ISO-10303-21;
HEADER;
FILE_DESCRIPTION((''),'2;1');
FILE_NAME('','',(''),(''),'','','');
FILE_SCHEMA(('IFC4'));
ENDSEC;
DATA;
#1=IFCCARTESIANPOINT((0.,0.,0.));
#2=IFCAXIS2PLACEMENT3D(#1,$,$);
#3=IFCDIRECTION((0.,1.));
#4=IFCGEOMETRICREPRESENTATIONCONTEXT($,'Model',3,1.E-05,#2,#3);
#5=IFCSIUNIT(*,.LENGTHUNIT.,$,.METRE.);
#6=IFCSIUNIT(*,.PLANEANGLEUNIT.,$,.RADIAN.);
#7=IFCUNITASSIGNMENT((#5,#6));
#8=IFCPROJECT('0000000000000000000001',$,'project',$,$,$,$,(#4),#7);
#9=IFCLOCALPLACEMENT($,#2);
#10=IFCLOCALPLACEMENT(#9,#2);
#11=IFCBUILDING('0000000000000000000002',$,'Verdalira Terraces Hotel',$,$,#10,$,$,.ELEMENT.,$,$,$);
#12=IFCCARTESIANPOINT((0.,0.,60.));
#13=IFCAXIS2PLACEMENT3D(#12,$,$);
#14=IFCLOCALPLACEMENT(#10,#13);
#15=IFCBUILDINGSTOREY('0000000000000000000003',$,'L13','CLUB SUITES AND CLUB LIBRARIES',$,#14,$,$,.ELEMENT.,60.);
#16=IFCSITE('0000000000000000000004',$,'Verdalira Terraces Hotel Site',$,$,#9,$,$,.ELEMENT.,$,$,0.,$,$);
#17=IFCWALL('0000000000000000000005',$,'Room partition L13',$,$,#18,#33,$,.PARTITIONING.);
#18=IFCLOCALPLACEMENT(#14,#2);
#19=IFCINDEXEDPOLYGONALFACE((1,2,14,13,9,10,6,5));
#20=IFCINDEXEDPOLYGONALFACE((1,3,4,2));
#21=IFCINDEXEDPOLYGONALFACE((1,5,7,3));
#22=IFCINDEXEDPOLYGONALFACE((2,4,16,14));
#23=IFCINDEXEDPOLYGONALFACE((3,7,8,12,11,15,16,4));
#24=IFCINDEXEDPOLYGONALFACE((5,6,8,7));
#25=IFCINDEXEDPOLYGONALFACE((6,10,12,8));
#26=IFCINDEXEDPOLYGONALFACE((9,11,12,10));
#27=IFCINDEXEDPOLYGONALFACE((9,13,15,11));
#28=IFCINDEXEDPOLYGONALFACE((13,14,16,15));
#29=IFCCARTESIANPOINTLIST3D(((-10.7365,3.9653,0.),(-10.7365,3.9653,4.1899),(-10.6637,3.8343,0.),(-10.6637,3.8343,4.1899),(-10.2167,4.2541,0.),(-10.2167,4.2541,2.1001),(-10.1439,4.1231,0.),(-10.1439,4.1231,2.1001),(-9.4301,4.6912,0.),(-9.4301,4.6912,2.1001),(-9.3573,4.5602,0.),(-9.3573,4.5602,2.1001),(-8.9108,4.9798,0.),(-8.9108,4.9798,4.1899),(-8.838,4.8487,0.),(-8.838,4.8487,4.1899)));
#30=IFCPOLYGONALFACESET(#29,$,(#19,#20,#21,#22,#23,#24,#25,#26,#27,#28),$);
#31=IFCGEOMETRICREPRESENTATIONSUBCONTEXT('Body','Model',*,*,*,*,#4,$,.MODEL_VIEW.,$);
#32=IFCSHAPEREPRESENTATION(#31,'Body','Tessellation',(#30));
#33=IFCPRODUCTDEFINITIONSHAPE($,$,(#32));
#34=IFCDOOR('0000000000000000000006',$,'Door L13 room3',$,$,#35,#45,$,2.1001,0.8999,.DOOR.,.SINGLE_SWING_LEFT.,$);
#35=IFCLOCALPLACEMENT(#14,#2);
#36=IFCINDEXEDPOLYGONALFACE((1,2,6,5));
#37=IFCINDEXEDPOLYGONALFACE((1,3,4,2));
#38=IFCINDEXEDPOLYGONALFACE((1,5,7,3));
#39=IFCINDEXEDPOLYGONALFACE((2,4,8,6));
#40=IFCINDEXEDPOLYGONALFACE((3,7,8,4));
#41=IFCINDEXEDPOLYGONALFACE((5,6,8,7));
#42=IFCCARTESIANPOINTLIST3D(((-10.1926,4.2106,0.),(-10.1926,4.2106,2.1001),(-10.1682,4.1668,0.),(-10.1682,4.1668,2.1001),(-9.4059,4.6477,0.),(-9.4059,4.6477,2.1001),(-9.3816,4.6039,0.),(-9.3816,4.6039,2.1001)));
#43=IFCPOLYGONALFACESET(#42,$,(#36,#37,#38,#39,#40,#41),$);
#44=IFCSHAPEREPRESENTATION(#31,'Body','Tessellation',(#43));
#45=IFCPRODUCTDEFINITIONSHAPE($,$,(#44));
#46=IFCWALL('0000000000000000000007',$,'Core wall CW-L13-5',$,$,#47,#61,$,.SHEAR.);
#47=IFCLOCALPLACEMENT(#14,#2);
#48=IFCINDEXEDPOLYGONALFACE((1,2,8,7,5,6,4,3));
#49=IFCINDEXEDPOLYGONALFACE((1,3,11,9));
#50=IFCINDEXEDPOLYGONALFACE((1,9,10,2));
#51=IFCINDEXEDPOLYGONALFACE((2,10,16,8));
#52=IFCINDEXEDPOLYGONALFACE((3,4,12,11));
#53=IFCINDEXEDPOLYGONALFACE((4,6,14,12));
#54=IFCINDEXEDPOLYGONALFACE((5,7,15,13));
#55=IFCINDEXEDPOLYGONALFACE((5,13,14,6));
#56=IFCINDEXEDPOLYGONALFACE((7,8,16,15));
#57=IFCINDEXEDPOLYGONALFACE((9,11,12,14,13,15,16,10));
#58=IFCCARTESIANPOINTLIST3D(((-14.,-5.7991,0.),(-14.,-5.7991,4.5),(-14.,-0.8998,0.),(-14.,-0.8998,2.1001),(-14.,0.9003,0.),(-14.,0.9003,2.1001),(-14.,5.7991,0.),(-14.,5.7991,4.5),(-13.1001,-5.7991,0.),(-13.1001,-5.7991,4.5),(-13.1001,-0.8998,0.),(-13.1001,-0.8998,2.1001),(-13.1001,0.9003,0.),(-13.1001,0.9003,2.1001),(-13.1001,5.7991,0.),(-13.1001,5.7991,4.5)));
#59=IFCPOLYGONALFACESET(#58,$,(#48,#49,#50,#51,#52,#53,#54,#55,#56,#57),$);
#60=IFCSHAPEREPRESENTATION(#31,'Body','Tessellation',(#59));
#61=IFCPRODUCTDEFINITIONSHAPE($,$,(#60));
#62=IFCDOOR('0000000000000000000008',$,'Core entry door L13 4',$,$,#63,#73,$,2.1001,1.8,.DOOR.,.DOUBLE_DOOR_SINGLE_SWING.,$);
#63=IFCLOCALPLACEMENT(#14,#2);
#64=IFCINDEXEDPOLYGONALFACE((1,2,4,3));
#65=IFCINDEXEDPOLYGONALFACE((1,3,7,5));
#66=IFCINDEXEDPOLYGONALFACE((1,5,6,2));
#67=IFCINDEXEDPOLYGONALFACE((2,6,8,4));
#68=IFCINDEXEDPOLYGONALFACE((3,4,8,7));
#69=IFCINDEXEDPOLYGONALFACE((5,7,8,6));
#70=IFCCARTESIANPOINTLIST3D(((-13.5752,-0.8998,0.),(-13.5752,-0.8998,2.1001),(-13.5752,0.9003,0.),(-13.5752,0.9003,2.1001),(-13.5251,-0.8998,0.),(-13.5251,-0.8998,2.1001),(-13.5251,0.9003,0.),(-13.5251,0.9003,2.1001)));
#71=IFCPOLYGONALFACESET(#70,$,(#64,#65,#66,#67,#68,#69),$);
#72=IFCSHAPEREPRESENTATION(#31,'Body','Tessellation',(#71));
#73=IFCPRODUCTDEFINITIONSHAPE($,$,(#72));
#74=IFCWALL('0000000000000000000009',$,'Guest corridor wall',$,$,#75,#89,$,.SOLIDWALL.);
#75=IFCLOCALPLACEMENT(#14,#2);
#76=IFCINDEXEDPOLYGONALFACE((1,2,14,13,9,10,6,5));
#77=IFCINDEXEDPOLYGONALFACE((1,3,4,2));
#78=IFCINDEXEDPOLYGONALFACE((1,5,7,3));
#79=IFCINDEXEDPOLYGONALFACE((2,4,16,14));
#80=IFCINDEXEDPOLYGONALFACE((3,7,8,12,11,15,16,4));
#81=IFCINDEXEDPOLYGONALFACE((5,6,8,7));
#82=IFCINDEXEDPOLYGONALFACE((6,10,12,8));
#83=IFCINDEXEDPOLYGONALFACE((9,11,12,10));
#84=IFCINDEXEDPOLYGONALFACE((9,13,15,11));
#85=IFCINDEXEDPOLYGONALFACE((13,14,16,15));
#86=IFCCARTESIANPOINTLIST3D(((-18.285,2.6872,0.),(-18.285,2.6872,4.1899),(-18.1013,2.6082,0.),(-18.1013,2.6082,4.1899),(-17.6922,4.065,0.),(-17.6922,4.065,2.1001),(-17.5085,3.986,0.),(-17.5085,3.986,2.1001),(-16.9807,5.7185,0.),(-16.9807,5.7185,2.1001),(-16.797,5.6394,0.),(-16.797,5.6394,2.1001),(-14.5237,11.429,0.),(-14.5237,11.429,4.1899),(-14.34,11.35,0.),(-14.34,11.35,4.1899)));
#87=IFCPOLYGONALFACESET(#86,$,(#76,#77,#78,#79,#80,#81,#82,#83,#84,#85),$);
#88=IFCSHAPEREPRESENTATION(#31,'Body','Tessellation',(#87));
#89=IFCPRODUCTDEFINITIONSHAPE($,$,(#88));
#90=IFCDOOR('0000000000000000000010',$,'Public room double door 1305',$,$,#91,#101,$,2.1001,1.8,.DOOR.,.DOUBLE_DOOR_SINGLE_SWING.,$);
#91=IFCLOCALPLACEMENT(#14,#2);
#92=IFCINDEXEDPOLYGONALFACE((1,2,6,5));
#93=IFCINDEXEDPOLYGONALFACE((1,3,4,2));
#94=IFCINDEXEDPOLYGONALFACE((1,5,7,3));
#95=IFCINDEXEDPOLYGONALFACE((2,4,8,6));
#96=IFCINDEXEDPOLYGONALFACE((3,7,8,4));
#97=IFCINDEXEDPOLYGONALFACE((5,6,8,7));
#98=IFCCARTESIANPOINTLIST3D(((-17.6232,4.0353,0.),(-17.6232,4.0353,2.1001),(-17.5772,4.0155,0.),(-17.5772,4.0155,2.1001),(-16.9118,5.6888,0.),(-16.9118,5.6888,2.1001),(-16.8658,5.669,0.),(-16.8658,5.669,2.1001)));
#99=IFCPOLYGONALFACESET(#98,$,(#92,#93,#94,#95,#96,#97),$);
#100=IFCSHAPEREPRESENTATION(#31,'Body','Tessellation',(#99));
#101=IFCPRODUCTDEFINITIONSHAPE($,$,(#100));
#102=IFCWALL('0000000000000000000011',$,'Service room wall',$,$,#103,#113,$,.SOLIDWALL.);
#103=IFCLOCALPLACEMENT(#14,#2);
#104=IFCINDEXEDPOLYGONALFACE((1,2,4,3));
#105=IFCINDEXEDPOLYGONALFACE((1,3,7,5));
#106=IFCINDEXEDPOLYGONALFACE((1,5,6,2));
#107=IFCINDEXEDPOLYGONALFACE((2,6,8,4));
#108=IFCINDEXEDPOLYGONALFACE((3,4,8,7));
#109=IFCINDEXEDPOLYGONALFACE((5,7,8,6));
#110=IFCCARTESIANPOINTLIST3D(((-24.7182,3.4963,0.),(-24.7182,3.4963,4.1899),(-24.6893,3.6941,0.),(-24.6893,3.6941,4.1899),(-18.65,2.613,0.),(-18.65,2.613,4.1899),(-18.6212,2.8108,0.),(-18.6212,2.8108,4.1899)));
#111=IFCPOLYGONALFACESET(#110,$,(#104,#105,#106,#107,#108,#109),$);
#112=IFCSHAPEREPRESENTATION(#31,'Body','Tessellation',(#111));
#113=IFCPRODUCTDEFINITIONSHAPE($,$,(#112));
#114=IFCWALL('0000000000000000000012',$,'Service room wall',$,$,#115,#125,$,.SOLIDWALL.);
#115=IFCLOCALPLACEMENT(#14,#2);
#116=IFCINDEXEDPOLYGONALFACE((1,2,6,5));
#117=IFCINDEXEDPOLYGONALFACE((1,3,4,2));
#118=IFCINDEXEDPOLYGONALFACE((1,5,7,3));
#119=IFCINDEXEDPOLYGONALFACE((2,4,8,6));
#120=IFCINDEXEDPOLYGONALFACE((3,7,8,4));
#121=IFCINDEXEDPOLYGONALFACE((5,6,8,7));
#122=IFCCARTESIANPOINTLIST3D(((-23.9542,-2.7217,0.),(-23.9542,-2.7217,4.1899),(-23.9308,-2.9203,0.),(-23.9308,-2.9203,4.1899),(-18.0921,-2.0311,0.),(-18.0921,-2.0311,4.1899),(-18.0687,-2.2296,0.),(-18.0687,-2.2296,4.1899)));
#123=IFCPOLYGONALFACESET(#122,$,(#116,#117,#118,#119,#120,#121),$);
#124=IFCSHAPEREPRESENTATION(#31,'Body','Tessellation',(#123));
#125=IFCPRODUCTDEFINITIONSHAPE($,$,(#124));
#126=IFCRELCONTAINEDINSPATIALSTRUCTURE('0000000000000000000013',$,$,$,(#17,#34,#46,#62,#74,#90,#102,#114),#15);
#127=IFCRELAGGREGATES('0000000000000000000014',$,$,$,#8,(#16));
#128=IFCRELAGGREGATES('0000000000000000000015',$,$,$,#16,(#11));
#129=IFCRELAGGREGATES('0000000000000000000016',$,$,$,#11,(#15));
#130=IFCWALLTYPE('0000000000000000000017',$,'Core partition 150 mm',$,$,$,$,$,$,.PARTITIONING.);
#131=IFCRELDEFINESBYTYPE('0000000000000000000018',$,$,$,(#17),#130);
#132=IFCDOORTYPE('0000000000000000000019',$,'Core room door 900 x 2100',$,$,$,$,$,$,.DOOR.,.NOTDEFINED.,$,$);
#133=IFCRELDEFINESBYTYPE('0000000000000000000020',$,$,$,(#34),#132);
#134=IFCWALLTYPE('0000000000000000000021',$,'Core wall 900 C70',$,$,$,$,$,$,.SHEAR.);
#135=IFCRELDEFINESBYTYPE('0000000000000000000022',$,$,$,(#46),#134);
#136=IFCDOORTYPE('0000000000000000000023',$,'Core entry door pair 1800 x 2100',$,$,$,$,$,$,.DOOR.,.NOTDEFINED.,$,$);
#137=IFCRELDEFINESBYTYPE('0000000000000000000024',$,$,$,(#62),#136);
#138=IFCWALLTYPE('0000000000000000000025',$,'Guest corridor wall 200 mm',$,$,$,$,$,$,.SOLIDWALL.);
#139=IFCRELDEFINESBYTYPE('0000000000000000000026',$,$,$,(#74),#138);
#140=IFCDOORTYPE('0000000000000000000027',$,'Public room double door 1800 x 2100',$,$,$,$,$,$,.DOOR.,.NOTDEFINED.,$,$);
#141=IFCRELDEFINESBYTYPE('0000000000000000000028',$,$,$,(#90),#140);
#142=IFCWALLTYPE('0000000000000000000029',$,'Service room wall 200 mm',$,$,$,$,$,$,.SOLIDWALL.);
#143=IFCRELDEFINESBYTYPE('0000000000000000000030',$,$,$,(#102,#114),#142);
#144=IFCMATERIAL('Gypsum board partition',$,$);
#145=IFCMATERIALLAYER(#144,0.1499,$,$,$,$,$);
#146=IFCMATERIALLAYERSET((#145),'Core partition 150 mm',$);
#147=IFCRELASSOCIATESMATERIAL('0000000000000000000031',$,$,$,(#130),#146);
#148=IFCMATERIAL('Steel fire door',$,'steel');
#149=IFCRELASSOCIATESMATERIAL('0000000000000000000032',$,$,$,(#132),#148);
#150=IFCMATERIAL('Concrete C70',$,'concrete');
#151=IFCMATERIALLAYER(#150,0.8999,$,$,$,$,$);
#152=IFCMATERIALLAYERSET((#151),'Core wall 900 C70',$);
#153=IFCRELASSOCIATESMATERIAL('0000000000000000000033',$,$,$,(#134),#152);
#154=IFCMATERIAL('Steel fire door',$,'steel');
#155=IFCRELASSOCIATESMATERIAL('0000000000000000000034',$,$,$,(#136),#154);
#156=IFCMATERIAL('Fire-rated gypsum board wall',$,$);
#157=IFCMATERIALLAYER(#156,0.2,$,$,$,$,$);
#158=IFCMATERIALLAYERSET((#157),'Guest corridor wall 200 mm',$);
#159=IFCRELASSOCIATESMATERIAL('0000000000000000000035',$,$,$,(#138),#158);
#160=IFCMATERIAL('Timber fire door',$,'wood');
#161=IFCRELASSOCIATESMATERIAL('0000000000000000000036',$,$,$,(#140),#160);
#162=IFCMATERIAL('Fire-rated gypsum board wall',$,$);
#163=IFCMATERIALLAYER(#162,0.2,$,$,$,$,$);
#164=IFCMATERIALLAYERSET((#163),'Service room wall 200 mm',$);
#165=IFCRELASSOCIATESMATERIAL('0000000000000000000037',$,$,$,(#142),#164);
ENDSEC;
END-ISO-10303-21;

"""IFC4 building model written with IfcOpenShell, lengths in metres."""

from ifc_helpers import new_model, si_unit, direction, frame, frame_2d, origin, place, context, subcontext, project, spatial, rectangle, extrude, material, layer, layer_set, type_object, element, fill, save


model = new_model("IFC4")

# Units and contexts
model_context = context("Model", 3, precision=1e-05, world=origin(), true_north=direction((0.0, 1.0)))
body_context = subcontext(model_context, "Body", "Model", "MODEL_VIEW")
ifc_project = project(units=[si_unit("LENGTHUNIT", "METRE"), si_unit("PLANEANGLEUNIT", "RADIAN")], contexts=[model_context])

# Site, building, storey
site_placement = place(None, origin())
site = spatial("IfcSite", under=ifc_project, at=site_placement, Name="Verdalira Terraces Hotel Site", CompositionType="ELEMENT", RefElevation=0.0)
building_placement = place(site_placement, origin())
building = spatial("IfcBuilding", under=site, at=building_placement, Name="Verdalira Terraces Hotel", CompositionType="ELEMENT")
storey_placement = place(building_placement, frame((0.0, 0.0, 60.0)))
storey = spatial("IfcBuildingStorey", under=building, at=storey_placement, Name="L13", Description="CLUB SUITES AND CLUB LIBRARIES", CompositionType="ELEMENT", Elevation=60.0)

# Walls, openings, doors
ifc_material_1 = material(Name="Gypsum board partition")
ifc_layer_1 = layer(ifc_material_1, 0.1499)
ifc_layer_set_1 = layer_set([ifc_layer_1], Name="Core partition 150 mm")
wall_type_1 = type_object("IfcWallType", Name="Core partition 150 mm", PredefinedType="PARTITIONING", material=ifc_layer_set_1)
wall_1_placement = place(storey_placement, frame((-8.8743, 4.9143, 0.0), z_axis=(0.0, 0.0, 1.0), x_axis=(-0.87413, -0.485693, 0.0)))
wall_1 = element("IfcWall", 1, at=wall_1_placement, inside=storey, type_object=wall_type_1, Name="Room partition L13", PredefinedType="PARTITIONING", context=body_context, shape_type="SweptSolid", body=[
    extrude(rectangle(XDim=2.0886, YDim=0.1499, at=frame_2d((1.0444, 0.0))), origin(), (0.0, 0.0, 1.0), 4.1899),
])
opening_1_placement = place(wall_1_placement, frame((0.5942, 0.0, 0.0)))
opening_1 = element("IfcOpeningElement", 2, at=opening_1_placement, cuts=wall_1, PredefinedType="OPENING", context=body_context, shape_type="SweptSolid", body=[
    extrude(rectangle(XDim=0.8999, YDim=2.1001, at=frame_2d((0.45, 1.05))), frame((0.0, 0.085, 0.0), z_axis=(0.0, -1.0, 0.0), x_axis=(1.0, 0.0, 0.0)), (0.0, 0.0, 1.0), 0.1699),
])
ifc_material_2 = material(Name="Steel fire door", Category="steel")
door_type_1 = type_object("IfcDoorType", Name="Core room door 900 x 2100", OperationType="NOTDEFINED", PredefinedType="DOOR", material=ifc_material_2)
door_1_placement = place(opening_1_placement, origin())
door_1 = element("IfcDoor", 3, at=door_1_placement, inside=storey, type_object=door_type_1, Name="Door L13 room3", OperationType="SINGLE_SWING_LEFT", OverallHeight=2.1001, OverallWidth=0.8999, PredefinedType="DOOR", context=body_context, shape_type="SweptSolid", body=[
    extrude(rectangle(XDim=0.8999, YDim=2.1001, at=frame_2d((0.45, 1.05))), frame((0.0, 0.0249, 0.0), z_axis=(0.0, -1.0, 0.0), x_axis=(1.0, 0.0, 0.0)), (0.0, 0.0, 1.0), 0.05),
])
fill(opening_1, door_1)
ifc_material_3 = material(Name="Concrete C70", Category="concrete")
ifc_layer_2 = layer(ifc_material_3, 0.8999)
ifc_layer_set_2 = layer_set([ifc_layer_2], Name="Core wall 900 C70")
wall_type_2 = type_object("IfcWallType", Name="Core wall 900 C70", PredefinedType="SHEAR", material=ifc_layer_set_2)
wall_2_placement = place(storey_placement, frame((-13.55, 5.7991, 0.0), z_axis=(0.0, 0.0, 1.0), x_axis=(0.0, -1.0, 0.0)))
wall_2 = element("IfcWall", 4, at=wall_2_placement, inside=storey, type_object=wall_type_2, Name="Core wall CW-L13-5", PredefinedType="SHEAR", context=body_context, shape_type="SweptSolid", body=[
    extrude(rectangle(XDim=11.5981, YDim=0.8999, at=frame_2d((5.7991, 0.0))), origin(), (0.0, 0.0, 1.0), 4.5),
])
opening_2_placement = place(wall_2_placement, frame((4.8989, 0.0, 0.0)))
opening_2 = element("IfcOpeningElement", 5, at=opening_2_placement, cuts=wall_2, PredefinedType="OPENING", context=body_context, shape_type="SweptSolid", body=[
    extrude(rectangle(XDim=1.8, YDim=2.1001, at=frame_2d((0.8999, 1.05))), frame((0.0, 0.46, 0.0), z_axis=(0.0, -1.0, 0.0), x_axis=(1.0, 0.0, 0.0)), (0.0, 0.0, 1.0), 0.9199),
])
ifc_material_4 = material(Name="Steel fire door", Category="steel")
door_type_2 = type_object("IfcDoorType", Name="Core entry door pair 1800 x 2100", OperationType="NOTDEFINED", PredefinedType="DOOR", material=ifc_material_4)
door_2_placement = place(opening_2_placement, origin())
door_2 = element("IfcDoor", 6, at=door_2_placement, inside=storey, type_object=door_type_2, Name="Core entry door L13 4", OperationType="DOUBLE_DOOR_SINGLE_SWING", OverallHeight=2.1001, OverallWidth=1.8, PredefinedType="DOOR", context=body_context, shape_type="SweptSolid", body=[
    extrude(rectangle(XDim=1.8, YDim=2.1001, at=frame_2d((0.8999, 1.05))), frame((0.0, 0.0249, 0.0), z_axis=(0.0, -1.0, 0.0), x_axis=(1.0, 0.0, 0.0)), (0.0, 0.0, 1.0), 0.05),
])
fill(opening_2, door_2)
ifc_material_5 = material(Name="Fire-rated gypsum board wall")
ifc_layer_3 = layer(ifc_material_5, 0.2)
ifc_layer_set_3 = layer_set([ifc_layer_3], Name="Guest corridor wall 200 mm")
wall_type_3 = type_object("IfcWallType", Name="Guest corridor wall 200 mm", PredefinedType="SOLIDWALL", material=ifc_layer_set_3)
wall_3_placement = place(storey_placement, frame((-18.1931, 2.6477, 0.0), z_axis=(0.0, 0.0, 1.0), x_axis=(0.395232, 0.918581, 0.0)))
wall_3 = element("IfcWall", 7, at=wall_3_placement, inside=storey, type_object=wall_type_3, Name="Guest corridor wall", PredefinedType="SOLIDWALL", context=body_context, shape_type="SweptSolid", body=[
    extrude(rectangle(XDim=9.5166, YDim=0.2, at=frame_2d((4.7583, 0.0))), origin(), (0.0, 0.0, 1.0), 4.1899),
])
opening_3_placement = place(wall_3_placement, frame((1.5, 0.0, 0.0)))
opening_3 = element("IfcOpeningElement", 8, at=opening_3_placement, cuts=wall_3, PredefinedType="OPENING", context=body_context, shape_type="SweptSolid", body=[
    extrude(rectangle(XDim=1.8, YDim=2.1001, at=frame_2d((0.8999, 1.05))), frame((0.0, 0.1099, 0.0), z_axis=(0.0, -1.0, 0.0), x_axis=(1.0, 0.0, 0.0)), (0.0, 0.0, 1.0), 0.22),
])
ifc_material_6 = material(Name="Timber fire door", Category="wood")
door_type_3 = type_object("IfcDoorType", Name="Public room double door 1800 x 2100", OperationType="NOTDEFINED", PredefinedType="DOOR", material=ifc_material_6)
door_3_placement = place(opening_3_placement, origin())
door_3 = element("IfcDoor", 9, at=door_3_placement, inside=storey, type_object=door_type_3, Name="Public room double door 1305", OperationType="DOUBLE_DOOR_SINGLE_SWING", OverallHeight=2.1001, OverallWidth=1.8, PredefinedType="DOOR", context=body_context, shape_type="SweptSolid", body=[
    extrude(rectangle(XDim=1.8, YDim=2.1001, at=frame_2d((0.8999, 1.05))), frame((0.0, 0.0249, 0.0), z_axis=(0.0, -1.0, 0.0), x_axis=(1.0, 0.0, 0.0)), (0.0, 0.0, 1.0), 0.05),
])
fill(opening_3, door_3)

# Walls
ifc_material_7 = material(Name="Fire-rated gypsum board wall")
ifc_layer_4 = layer(ifc_material_7, 0.2)
ifc_layer_set_4 = layer_set([ifc_layer_4], Name="Service room wall 200 mm")
wall_type_4 = type_object("IfcWallType", Name="Service room wall 200 mm", PredefinedType="SOLIDWALL", material=ifc_layer_set_4)
wall_4_placement = place(storey_placement, frame((-18.6357, 2.7119, 0.0), z_axis=(0.0, 0.0, 1.0), x_axis=(-0.989571, 0.144046, 0.0)))
element("IfcWall", 10, at=wall_4_placement, inside=storey, type_object=wall_type_4, Name="Service room wall", PredefinedType="SOLIDWALL", context=body_context, shape_type="SweptSolid", body=[
    extrude(rectangle(XDim=6.1321, YDim=0.2, at=frame_2d((3.0659, 0.0))), origin(), (0.0, 0.0, 1.0), 4.1899),
])
wall_5_placement = place(storey_placement, frame((-18.0806, -2.1304, 0.0), z_axis=(0.0, 0.0, 1.0), x_axis=(-0.993131, -0.117012, 0.0)))
element("IfcWall", 11, at=wall_5_placement, inside=storey, type_object=wall_type_4, Name="Service room wall", PredefinedType="SOLIDWALL", context=body_context, shape_type="SweptSolid", body=[
    extrude(rectangle(XDim=5.9026, YDim=0.2, at=frame_2d((2.9512, 0.0))), origin(), (0.0, 0.0, 1.0), 4.1899),
])

save(model, "model.ifc")
